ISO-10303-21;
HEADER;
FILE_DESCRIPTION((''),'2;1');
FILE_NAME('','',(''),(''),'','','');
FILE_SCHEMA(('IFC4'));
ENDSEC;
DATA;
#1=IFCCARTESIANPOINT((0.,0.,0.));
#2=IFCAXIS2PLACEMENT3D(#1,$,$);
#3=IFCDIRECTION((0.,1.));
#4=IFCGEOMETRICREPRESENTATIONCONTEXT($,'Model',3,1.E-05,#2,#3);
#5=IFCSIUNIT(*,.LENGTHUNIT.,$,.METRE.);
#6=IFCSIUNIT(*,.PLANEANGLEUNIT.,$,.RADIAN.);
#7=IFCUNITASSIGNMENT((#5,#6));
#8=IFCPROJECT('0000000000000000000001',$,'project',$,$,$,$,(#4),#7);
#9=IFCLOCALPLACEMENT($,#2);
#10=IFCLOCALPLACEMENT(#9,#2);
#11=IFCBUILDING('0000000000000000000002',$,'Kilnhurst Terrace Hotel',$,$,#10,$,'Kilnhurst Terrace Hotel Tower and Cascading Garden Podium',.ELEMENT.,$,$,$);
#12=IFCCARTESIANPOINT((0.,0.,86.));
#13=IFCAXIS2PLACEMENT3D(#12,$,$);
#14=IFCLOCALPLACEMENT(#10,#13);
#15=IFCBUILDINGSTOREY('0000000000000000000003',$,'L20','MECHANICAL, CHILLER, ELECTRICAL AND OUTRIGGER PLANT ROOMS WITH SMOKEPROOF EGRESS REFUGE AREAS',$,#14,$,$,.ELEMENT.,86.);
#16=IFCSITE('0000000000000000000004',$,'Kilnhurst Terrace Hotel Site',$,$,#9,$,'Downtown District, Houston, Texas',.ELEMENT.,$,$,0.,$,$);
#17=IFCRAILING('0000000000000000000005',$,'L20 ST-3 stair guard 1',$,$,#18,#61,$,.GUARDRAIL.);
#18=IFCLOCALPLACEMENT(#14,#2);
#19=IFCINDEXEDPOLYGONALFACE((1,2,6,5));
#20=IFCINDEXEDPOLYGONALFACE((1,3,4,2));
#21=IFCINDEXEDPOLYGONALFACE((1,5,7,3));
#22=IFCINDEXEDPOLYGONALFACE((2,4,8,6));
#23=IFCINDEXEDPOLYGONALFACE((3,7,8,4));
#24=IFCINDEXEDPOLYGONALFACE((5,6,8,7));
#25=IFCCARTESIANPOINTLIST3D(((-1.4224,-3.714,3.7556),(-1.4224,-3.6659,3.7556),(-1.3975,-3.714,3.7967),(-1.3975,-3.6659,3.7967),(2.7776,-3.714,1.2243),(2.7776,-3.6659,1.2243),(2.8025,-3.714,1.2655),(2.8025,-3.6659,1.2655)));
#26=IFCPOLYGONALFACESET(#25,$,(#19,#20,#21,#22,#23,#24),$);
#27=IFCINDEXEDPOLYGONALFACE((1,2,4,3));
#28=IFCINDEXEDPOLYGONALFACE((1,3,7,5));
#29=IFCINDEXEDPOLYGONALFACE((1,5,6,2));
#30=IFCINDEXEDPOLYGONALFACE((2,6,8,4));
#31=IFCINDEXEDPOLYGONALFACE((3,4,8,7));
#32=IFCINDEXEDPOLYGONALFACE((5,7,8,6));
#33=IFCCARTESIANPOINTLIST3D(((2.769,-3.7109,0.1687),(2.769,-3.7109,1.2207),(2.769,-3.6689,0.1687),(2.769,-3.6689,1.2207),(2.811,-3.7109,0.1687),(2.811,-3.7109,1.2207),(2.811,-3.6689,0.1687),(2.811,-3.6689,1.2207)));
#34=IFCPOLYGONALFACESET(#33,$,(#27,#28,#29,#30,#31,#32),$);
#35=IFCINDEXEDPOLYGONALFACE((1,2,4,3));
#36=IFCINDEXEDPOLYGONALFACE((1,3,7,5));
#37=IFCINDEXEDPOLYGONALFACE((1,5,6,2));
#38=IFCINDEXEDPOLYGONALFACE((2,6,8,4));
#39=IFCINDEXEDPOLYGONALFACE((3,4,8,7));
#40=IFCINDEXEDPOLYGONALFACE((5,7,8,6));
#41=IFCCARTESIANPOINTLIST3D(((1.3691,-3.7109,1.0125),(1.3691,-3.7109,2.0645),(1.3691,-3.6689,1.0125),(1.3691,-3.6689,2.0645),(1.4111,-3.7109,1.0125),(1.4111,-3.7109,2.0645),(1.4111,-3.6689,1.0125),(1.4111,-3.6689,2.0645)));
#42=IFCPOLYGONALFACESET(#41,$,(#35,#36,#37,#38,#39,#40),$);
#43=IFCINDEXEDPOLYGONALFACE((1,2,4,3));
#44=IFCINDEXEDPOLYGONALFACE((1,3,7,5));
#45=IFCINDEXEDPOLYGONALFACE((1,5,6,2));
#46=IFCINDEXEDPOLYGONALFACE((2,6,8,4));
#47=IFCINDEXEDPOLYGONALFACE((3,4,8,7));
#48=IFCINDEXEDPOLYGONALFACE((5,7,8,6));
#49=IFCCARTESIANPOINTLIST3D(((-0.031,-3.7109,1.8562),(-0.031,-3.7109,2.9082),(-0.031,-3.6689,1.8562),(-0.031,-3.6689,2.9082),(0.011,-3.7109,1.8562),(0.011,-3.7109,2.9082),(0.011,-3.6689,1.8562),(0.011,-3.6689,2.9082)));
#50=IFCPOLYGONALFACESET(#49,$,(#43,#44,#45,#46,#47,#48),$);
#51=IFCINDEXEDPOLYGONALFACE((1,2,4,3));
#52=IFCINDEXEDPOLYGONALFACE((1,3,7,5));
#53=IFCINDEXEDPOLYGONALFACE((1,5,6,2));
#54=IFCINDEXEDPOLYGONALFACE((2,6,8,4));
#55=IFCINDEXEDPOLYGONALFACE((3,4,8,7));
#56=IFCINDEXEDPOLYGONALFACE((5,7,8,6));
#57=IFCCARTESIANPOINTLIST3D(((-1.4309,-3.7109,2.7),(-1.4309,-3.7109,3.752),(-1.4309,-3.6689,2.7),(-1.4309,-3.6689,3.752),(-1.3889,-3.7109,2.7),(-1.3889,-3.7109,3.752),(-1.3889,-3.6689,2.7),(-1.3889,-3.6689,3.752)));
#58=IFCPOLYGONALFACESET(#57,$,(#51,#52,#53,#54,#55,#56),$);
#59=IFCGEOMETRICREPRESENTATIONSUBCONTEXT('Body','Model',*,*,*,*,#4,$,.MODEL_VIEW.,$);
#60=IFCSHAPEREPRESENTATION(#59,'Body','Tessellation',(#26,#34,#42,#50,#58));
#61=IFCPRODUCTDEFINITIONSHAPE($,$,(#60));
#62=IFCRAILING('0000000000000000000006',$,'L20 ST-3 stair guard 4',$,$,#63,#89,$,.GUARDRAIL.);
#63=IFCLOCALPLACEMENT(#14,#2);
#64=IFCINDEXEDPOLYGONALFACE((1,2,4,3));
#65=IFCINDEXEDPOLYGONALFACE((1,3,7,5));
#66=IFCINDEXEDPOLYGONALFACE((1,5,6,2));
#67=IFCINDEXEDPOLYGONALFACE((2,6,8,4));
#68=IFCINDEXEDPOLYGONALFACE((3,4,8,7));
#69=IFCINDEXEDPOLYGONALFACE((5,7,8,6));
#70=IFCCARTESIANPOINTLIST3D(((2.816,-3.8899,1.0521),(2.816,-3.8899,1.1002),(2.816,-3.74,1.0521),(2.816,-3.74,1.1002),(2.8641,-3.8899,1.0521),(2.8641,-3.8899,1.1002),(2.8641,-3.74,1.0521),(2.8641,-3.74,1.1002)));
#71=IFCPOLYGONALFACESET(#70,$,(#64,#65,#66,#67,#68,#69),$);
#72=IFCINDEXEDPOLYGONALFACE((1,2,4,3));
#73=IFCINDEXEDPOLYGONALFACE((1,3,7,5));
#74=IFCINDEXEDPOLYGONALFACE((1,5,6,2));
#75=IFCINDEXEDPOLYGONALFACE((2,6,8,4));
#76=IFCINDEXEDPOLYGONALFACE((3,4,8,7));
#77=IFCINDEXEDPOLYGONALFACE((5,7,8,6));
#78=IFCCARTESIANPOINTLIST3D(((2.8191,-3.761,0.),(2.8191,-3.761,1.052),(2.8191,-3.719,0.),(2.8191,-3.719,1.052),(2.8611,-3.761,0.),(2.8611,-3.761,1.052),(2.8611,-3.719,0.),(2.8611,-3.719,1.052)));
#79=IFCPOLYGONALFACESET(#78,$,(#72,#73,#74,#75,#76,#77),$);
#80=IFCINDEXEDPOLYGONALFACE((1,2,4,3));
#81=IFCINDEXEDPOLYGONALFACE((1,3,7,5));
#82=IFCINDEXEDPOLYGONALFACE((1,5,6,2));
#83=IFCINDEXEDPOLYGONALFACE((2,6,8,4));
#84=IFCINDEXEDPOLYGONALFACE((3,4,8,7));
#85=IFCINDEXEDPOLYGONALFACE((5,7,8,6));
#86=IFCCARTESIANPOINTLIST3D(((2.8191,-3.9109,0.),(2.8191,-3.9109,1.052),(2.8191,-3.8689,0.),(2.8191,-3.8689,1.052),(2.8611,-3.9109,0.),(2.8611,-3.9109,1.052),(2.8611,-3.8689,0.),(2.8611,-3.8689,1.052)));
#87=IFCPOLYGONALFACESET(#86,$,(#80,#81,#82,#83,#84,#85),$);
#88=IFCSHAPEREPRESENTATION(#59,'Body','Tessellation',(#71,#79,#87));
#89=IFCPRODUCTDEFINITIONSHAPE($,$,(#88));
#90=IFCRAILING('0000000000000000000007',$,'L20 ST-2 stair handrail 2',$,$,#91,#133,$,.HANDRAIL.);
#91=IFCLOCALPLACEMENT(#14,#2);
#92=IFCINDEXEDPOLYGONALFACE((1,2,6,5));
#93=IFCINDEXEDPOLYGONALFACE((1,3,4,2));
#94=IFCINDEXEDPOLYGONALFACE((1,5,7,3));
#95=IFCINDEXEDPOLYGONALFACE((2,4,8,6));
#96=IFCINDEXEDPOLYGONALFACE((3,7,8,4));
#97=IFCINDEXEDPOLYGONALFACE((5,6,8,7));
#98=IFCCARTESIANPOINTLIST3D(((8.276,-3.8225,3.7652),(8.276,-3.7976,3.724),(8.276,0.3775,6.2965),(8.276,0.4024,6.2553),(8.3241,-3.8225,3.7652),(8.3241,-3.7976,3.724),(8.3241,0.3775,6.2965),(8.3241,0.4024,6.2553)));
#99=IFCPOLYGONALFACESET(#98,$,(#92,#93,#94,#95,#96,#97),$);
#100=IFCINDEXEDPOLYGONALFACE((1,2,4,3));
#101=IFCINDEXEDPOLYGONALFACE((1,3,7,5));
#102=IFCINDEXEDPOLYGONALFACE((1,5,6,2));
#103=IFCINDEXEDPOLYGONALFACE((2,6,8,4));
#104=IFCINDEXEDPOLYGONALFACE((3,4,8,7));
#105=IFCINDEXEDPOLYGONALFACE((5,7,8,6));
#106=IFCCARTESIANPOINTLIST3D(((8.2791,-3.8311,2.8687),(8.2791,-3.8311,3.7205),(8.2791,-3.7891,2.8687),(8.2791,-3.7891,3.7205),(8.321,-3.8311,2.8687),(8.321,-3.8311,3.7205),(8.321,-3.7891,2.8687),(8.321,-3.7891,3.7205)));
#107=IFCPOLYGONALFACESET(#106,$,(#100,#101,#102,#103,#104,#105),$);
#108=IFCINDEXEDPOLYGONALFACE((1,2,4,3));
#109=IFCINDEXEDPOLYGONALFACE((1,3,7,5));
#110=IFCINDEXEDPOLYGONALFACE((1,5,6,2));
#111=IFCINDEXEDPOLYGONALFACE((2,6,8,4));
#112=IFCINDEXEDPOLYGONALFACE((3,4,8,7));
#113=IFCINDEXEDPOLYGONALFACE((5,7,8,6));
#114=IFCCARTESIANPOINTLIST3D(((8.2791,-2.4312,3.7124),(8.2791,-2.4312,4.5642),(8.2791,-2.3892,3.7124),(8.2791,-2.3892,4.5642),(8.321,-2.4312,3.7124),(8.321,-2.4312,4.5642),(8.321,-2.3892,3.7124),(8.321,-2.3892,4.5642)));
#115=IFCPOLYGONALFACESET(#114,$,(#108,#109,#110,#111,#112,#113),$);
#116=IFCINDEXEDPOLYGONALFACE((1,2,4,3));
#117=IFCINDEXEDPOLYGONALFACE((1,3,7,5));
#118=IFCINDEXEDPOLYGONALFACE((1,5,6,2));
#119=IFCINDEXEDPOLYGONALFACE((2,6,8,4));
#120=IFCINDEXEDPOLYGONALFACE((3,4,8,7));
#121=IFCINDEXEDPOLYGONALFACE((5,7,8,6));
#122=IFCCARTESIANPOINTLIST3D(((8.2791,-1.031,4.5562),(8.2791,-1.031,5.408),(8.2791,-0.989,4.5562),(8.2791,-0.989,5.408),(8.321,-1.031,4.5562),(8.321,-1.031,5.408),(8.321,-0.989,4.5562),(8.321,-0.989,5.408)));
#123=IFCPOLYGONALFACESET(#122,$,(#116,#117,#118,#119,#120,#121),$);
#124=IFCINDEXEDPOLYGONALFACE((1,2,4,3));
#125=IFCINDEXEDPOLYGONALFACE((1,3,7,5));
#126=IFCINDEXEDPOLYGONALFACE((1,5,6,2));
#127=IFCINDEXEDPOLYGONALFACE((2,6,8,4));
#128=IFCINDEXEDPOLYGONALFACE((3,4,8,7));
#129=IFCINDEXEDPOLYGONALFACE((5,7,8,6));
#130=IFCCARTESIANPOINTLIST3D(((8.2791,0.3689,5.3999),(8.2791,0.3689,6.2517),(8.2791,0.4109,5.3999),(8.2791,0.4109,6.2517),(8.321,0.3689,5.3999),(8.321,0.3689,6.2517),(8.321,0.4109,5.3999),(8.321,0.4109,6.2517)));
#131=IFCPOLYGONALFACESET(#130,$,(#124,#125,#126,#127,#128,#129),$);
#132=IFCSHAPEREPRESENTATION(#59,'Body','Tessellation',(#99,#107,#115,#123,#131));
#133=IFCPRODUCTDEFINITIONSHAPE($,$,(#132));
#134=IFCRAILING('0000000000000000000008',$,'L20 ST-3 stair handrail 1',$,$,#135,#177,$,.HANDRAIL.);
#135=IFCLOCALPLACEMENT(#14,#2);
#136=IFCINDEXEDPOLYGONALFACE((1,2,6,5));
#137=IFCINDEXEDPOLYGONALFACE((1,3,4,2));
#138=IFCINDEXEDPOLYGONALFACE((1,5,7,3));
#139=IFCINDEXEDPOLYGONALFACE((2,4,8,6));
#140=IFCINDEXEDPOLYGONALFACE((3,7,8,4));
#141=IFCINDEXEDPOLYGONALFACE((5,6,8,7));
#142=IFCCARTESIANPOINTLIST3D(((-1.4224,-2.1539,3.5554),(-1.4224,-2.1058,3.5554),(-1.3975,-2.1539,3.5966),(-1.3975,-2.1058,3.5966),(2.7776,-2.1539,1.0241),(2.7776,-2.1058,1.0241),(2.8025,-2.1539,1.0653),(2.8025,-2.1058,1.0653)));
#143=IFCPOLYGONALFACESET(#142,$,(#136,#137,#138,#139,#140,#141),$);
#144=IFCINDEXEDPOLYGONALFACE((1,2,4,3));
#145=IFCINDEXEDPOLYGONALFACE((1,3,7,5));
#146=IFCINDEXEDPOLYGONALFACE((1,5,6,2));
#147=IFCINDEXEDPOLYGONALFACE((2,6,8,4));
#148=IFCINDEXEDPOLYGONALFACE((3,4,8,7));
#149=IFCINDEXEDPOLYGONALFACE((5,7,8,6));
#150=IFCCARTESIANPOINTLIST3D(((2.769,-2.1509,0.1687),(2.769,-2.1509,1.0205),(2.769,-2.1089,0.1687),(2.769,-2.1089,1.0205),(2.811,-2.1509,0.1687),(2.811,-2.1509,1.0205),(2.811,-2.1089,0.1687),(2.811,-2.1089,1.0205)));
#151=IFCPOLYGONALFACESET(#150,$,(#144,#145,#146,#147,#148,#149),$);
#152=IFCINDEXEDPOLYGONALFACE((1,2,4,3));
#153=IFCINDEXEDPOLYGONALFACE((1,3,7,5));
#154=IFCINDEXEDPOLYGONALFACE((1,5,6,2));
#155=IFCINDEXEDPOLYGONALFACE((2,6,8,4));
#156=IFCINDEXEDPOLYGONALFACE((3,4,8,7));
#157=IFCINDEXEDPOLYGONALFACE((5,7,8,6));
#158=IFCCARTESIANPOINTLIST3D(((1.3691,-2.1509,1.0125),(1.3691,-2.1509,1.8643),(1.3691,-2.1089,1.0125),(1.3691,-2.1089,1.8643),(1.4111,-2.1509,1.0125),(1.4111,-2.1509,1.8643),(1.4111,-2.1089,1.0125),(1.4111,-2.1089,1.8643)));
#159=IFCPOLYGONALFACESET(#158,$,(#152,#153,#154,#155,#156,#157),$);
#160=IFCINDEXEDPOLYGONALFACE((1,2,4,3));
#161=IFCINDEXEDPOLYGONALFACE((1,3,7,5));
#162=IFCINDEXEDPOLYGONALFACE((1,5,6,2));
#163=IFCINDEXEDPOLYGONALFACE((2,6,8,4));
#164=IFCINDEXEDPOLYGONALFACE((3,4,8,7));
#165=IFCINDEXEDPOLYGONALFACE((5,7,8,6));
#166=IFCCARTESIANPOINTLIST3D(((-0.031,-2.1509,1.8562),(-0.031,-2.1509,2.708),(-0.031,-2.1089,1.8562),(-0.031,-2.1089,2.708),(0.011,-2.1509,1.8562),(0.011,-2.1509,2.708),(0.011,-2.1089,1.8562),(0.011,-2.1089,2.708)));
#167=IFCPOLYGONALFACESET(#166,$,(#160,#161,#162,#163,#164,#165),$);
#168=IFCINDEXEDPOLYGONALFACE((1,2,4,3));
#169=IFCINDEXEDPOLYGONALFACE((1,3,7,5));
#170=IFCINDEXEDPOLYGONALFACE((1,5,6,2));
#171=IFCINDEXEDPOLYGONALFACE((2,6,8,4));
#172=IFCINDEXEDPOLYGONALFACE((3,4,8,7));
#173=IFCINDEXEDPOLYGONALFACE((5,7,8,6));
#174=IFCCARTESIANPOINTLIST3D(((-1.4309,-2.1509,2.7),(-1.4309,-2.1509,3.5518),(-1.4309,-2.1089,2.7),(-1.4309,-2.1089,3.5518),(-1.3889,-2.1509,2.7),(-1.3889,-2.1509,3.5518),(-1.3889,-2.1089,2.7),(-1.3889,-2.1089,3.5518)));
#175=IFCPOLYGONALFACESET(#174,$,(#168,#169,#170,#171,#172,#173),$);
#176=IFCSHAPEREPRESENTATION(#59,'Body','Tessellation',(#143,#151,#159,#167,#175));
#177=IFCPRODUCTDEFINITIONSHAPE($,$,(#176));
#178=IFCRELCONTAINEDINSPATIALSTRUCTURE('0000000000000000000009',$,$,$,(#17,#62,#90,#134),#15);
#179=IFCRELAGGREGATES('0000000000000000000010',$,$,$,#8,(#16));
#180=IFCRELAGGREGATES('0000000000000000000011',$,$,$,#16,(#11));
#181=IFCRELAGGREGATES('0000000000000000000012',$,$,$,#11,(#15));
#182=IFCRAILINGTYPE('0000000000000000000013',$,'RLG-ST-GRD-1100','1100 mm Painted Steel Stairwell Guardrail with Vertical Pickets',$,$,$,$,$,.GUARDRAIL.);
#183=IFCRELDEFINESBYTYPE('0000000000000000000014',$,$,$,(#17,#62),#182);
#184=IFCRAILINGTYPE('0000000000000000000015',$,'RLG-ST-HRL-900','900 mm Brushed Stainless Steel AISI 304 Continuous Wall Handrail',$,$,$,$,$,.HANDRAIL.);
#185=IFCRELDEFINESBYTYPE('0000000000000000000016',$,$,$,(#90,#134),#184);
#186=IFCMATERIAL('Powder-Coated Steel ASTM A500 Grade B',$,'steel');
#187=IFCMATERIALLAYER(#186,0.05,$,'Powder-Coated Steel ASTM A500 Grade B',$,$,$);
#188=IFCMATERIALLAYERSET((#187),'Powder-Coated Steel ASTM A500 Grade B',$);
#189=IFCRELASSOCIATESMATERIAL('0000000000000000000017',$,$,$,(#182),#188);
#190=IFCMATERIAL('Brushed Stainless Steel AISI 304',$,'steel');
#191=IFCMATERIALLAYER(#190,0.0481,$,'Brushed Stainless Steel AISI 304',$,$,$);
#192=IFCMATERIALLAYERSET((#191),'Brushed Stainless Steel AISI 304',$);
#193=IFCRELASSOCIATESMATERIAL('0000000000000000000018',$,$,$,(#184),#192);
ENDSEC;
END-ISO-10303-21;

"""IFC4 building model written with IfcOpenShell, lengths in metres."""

from ifc_helpers import new_model, si_unit, direction, frame, origin, origin_2d, place, context, subcontext, project, spatial, rectangle, extrude, material, layer, layer_set, type_object, element, save


model = new_model("IFC4")

# Units and contexts
model_context = context("Model", 3, precision=1e-05, world=origin(), true_north=direction((0.0, 1.0)))
body_context = subcontext(model_context, "Body", "Model", "MODEL_VIEW")
ifc_project = project(units=[si_unit("LENGTHUNIT", "METRE"), si_unit("PLANEANGLEUNIT", "RADIAN")], contexts=[model_context])

# Site, building, storey
site_placement = place(None, origin())
site = spatial("IfcSite", under=ifc_project, at=site_placement, Name="Kilnhurst Terrace Hotel Site", LongName="Downtown District, Houston, Texas", CompositionType="ELEMENT", RefElevation=0.0)
building_placement = place(site_placement, origin())
building = spatial("IfcBuilding", under=site, at=building_placement, Name="Kilnhurst Terrace Hotel", LongName="Kilnhurst Terrace Hotel Tower and Cascading Garden Podium", CompositionType="ELEMENT")
storey_placement = place(building_placement, frame((0.0, 0.0, 86.0)))
storey = spatial("IfcBuildingStorey", under=building, at=storey_placement, Name="L20", Description="MECHANICAL, CHILLER, ELECTRICAL AND OUTRIGGER PLANT ROOMS WITH SMOKEPROOF EGRESS REFUGE AREAS", CompositionType="ELEMENT", Elevation=86.0)

# Railings
ifc_material_1 = material(Name="Powder-Coated Steel ASTM A500 Grade B", Category="steel")
ifc_layer_1 = layer(ifc_material_1, 0.05, Name="Powder-Coated Steel ASTM A500 Grade B")
ifc_layer_set_1 = layer_set([ifc_layer_1], Name="Powder-Coated Steel ASTM A500 Grade B")
railing_type_1 = type_object("IfcRailingType", Name="RLG-ST-GRD-1100", Description="1100 mm Painted Steel Stairwell Guardrail with Vertical Pickets", PredefinedType="GUARDRAIL", material=ifc_layer_set_1)
railing_1_placement = place(storey_placement, frame((2.79, -3.6899, 0.1687)))
element("IfcRailing", 1, at=railing_1_placement, inside=storey, type_object=railing_type_1, Name="L20 ST-3 stair guard 1", PredefinedType="GUARDRAIL", context=body_context, shape_type="SweptSolid", body=[
    extrude(rectangle(XDim=0.0481, YDim=0.0481, at=origin_2d()), frame((0.0, 0.0, 1.0762), z_axis=(-0.856476, 0.0, 0.516186), x_axis=(0.0, -1.0, 0.0)), (0.0, 0.0, 1.0), 4.9038),
    extrude(rectangle(XDim=0.042, YDim=0.042, at=origin_2d()), origin(), (0.0, 0.0, 1.0), 1.052),
    extrude(rectangle(XDim=0.042, YDim=0.042, at=origin_2d()), frame((-1.3999, 0.0, 0.8438)), (0.0, 0.0, 1.0), 1.052),
    extrude(rectangle(XDim=0.042, YDim=0.042, at=origin_2d()), frame((-2.8, 0.0, 1.6875)), (0.0, 0.0, 1.0), 1.052),
    extrude(rectangle(XDim=0.042, YDim=0.042, at=origin_2d()), frame((-4.2, 0.0, 2.5312)), (0.0, 0.0, 1.0), 1.052),
])
railing_2_placement = place(storey_placement, frame((2.8401, -3.74, 0.0)))
element("IfcRailing", 2, at=railing_2_placement, inside=storey, type_object=railing_type_1, Name="L20 ST-3 stair guard 4", PredefinedType="GUARDRAIL", context=body_context, shape_type="SweptSolid", body=[
    extrude(rectangle(XDim=0.0481, YDim=0.0481, at=origin_2d()), frame((0.0, 0.0, 1.0762), z_axis=(0.0, -1.0, 0.0), x_axis=(1.0, 0.0, 0.0)), (0.0, 0.0, 1.0), 0.1499),
    extrude(rectangle(XDim=0.042, YDim=0.042, at=origin_2d()), origin(), (0.0, 0.0, 1.0), 1.052),
    extrude(rectangle(XDim=0.042, YDim=0.042, at=origin_2d()), frame((0.0, -0.1499, 0.0)), (0.0, 0.0, 1.0), 1.052),
])
ifc_material_2 = material(Name="Brushed Stainless Steel AISI 304", Category="steel")
ifc_layer_2 = layer(ifc_material_2, 0.0481, Name="Brushed Stainless Steel AISI 304")
ifc_layer_set_2 = layer_set([ifc_layer_2], Name="Brushed Stainless Steel AISI 304")
railing_type_2 = type_object("IfcRailingType", Name="RLG-ST-HRL-900", Description="900 mm Brushed Stainless Steel AISI 304 Continuous Wall Handrail", PredefinedType="HANDRAIL", material=ifc_layer_set_2)
railing_3_placement = place(storey_placement, frame((8.3, -3.8101, 2.8687)))
element("IfcRailing", 3, at=railing_3_placement, inside=storey, type_object=railing_type_2, Name="L20 ST-2 stair handrail 2", PredefinedType="HANDRAIL", context=body_context, shape_type="SweptSolid", body=[
    extrude(rectangle(XDim=0.0481, YDim=0.0481, at=origin_2d()), frame((0.0, 0.0, 0.876), z_axis=(0.0, 0.856476, 0.516186), x_axis=(-1.0, 0.0, 0.0)), (0.0, 0.0, 1.0), 4.9038),
    extrude(rectangle(XDim=0.042, YDim=0.042, at=origin_2d()), origin(), (0.0, 0.0, 1.0), 0.8518),
    extrude(rectangle(XDim=0.042, YDim=0.042, at=origin_2d()), frame((0.0, 1.3999, 0.8438)), (0.0, 0.0, 1.0), 0.8518),
    extrude(rectangle(XDim=0.042, YDim=0.042, at=origin_2d()), frame((0.0, 2.8, 1.6875)), (0.0, 0.0, 1.0), 0.8518),
    extrude(rectangle(XDim=0.042, YDim=0.042, at=origin_2d()), frame((0.0, 4.2, 2.5312)), (0.0, 0.0, 1.0), 0.8518),
])
railing_4_placement = place(storey_placement, frame((2.79, -2.1299, 0.1687)))
element("IfcRailing", 4, at=railing_4_placement, inside=storey, type_object=railing_type_2, Name="L20 ST-3 stair handrail 1", PredefinedType="HANDRAIL", context=body_context, shape_type="SweptSolid", body=[
    extrude(rectangle(XDim=0.0481, YDim=0.0481, at=origin_2d()), frame((0.0, 0.0, 0.876), z_axis=(-0.856476, 0.0, 0.516186), x_axis=(0.0, -1.0, 0.0)), (0.0, 0.0, 1.0), 4.9038),
    extrude(rectangle(XDim=0.042, YDim=0.042, at=origin_2d()), origin(), (0.0, 0.0, 1.0), 0.8518),
    extrude(rectangle(XDim=0.042, YDim=0.042, at=origin_2d()), frame((-1.3999, 0.0, 0.8438)), (0.0, 0.0, 1.0), 0.8518),
    extrude(rectangle(XDim=0.042, YDim=0.042, at=origin_2d()), frame((-2.8, 0.0, 1.6875)), (0.0, 0.0, 1.0), 0.8518),
    extrude(rectangle(XDim=0.042, YDim=0.042, at=origin_2d()), frame((-4.2, 0.0, 2.5312)), (0.0, 0.0, 1.0), 0.8518),
])

save(model, "model.ifc")
